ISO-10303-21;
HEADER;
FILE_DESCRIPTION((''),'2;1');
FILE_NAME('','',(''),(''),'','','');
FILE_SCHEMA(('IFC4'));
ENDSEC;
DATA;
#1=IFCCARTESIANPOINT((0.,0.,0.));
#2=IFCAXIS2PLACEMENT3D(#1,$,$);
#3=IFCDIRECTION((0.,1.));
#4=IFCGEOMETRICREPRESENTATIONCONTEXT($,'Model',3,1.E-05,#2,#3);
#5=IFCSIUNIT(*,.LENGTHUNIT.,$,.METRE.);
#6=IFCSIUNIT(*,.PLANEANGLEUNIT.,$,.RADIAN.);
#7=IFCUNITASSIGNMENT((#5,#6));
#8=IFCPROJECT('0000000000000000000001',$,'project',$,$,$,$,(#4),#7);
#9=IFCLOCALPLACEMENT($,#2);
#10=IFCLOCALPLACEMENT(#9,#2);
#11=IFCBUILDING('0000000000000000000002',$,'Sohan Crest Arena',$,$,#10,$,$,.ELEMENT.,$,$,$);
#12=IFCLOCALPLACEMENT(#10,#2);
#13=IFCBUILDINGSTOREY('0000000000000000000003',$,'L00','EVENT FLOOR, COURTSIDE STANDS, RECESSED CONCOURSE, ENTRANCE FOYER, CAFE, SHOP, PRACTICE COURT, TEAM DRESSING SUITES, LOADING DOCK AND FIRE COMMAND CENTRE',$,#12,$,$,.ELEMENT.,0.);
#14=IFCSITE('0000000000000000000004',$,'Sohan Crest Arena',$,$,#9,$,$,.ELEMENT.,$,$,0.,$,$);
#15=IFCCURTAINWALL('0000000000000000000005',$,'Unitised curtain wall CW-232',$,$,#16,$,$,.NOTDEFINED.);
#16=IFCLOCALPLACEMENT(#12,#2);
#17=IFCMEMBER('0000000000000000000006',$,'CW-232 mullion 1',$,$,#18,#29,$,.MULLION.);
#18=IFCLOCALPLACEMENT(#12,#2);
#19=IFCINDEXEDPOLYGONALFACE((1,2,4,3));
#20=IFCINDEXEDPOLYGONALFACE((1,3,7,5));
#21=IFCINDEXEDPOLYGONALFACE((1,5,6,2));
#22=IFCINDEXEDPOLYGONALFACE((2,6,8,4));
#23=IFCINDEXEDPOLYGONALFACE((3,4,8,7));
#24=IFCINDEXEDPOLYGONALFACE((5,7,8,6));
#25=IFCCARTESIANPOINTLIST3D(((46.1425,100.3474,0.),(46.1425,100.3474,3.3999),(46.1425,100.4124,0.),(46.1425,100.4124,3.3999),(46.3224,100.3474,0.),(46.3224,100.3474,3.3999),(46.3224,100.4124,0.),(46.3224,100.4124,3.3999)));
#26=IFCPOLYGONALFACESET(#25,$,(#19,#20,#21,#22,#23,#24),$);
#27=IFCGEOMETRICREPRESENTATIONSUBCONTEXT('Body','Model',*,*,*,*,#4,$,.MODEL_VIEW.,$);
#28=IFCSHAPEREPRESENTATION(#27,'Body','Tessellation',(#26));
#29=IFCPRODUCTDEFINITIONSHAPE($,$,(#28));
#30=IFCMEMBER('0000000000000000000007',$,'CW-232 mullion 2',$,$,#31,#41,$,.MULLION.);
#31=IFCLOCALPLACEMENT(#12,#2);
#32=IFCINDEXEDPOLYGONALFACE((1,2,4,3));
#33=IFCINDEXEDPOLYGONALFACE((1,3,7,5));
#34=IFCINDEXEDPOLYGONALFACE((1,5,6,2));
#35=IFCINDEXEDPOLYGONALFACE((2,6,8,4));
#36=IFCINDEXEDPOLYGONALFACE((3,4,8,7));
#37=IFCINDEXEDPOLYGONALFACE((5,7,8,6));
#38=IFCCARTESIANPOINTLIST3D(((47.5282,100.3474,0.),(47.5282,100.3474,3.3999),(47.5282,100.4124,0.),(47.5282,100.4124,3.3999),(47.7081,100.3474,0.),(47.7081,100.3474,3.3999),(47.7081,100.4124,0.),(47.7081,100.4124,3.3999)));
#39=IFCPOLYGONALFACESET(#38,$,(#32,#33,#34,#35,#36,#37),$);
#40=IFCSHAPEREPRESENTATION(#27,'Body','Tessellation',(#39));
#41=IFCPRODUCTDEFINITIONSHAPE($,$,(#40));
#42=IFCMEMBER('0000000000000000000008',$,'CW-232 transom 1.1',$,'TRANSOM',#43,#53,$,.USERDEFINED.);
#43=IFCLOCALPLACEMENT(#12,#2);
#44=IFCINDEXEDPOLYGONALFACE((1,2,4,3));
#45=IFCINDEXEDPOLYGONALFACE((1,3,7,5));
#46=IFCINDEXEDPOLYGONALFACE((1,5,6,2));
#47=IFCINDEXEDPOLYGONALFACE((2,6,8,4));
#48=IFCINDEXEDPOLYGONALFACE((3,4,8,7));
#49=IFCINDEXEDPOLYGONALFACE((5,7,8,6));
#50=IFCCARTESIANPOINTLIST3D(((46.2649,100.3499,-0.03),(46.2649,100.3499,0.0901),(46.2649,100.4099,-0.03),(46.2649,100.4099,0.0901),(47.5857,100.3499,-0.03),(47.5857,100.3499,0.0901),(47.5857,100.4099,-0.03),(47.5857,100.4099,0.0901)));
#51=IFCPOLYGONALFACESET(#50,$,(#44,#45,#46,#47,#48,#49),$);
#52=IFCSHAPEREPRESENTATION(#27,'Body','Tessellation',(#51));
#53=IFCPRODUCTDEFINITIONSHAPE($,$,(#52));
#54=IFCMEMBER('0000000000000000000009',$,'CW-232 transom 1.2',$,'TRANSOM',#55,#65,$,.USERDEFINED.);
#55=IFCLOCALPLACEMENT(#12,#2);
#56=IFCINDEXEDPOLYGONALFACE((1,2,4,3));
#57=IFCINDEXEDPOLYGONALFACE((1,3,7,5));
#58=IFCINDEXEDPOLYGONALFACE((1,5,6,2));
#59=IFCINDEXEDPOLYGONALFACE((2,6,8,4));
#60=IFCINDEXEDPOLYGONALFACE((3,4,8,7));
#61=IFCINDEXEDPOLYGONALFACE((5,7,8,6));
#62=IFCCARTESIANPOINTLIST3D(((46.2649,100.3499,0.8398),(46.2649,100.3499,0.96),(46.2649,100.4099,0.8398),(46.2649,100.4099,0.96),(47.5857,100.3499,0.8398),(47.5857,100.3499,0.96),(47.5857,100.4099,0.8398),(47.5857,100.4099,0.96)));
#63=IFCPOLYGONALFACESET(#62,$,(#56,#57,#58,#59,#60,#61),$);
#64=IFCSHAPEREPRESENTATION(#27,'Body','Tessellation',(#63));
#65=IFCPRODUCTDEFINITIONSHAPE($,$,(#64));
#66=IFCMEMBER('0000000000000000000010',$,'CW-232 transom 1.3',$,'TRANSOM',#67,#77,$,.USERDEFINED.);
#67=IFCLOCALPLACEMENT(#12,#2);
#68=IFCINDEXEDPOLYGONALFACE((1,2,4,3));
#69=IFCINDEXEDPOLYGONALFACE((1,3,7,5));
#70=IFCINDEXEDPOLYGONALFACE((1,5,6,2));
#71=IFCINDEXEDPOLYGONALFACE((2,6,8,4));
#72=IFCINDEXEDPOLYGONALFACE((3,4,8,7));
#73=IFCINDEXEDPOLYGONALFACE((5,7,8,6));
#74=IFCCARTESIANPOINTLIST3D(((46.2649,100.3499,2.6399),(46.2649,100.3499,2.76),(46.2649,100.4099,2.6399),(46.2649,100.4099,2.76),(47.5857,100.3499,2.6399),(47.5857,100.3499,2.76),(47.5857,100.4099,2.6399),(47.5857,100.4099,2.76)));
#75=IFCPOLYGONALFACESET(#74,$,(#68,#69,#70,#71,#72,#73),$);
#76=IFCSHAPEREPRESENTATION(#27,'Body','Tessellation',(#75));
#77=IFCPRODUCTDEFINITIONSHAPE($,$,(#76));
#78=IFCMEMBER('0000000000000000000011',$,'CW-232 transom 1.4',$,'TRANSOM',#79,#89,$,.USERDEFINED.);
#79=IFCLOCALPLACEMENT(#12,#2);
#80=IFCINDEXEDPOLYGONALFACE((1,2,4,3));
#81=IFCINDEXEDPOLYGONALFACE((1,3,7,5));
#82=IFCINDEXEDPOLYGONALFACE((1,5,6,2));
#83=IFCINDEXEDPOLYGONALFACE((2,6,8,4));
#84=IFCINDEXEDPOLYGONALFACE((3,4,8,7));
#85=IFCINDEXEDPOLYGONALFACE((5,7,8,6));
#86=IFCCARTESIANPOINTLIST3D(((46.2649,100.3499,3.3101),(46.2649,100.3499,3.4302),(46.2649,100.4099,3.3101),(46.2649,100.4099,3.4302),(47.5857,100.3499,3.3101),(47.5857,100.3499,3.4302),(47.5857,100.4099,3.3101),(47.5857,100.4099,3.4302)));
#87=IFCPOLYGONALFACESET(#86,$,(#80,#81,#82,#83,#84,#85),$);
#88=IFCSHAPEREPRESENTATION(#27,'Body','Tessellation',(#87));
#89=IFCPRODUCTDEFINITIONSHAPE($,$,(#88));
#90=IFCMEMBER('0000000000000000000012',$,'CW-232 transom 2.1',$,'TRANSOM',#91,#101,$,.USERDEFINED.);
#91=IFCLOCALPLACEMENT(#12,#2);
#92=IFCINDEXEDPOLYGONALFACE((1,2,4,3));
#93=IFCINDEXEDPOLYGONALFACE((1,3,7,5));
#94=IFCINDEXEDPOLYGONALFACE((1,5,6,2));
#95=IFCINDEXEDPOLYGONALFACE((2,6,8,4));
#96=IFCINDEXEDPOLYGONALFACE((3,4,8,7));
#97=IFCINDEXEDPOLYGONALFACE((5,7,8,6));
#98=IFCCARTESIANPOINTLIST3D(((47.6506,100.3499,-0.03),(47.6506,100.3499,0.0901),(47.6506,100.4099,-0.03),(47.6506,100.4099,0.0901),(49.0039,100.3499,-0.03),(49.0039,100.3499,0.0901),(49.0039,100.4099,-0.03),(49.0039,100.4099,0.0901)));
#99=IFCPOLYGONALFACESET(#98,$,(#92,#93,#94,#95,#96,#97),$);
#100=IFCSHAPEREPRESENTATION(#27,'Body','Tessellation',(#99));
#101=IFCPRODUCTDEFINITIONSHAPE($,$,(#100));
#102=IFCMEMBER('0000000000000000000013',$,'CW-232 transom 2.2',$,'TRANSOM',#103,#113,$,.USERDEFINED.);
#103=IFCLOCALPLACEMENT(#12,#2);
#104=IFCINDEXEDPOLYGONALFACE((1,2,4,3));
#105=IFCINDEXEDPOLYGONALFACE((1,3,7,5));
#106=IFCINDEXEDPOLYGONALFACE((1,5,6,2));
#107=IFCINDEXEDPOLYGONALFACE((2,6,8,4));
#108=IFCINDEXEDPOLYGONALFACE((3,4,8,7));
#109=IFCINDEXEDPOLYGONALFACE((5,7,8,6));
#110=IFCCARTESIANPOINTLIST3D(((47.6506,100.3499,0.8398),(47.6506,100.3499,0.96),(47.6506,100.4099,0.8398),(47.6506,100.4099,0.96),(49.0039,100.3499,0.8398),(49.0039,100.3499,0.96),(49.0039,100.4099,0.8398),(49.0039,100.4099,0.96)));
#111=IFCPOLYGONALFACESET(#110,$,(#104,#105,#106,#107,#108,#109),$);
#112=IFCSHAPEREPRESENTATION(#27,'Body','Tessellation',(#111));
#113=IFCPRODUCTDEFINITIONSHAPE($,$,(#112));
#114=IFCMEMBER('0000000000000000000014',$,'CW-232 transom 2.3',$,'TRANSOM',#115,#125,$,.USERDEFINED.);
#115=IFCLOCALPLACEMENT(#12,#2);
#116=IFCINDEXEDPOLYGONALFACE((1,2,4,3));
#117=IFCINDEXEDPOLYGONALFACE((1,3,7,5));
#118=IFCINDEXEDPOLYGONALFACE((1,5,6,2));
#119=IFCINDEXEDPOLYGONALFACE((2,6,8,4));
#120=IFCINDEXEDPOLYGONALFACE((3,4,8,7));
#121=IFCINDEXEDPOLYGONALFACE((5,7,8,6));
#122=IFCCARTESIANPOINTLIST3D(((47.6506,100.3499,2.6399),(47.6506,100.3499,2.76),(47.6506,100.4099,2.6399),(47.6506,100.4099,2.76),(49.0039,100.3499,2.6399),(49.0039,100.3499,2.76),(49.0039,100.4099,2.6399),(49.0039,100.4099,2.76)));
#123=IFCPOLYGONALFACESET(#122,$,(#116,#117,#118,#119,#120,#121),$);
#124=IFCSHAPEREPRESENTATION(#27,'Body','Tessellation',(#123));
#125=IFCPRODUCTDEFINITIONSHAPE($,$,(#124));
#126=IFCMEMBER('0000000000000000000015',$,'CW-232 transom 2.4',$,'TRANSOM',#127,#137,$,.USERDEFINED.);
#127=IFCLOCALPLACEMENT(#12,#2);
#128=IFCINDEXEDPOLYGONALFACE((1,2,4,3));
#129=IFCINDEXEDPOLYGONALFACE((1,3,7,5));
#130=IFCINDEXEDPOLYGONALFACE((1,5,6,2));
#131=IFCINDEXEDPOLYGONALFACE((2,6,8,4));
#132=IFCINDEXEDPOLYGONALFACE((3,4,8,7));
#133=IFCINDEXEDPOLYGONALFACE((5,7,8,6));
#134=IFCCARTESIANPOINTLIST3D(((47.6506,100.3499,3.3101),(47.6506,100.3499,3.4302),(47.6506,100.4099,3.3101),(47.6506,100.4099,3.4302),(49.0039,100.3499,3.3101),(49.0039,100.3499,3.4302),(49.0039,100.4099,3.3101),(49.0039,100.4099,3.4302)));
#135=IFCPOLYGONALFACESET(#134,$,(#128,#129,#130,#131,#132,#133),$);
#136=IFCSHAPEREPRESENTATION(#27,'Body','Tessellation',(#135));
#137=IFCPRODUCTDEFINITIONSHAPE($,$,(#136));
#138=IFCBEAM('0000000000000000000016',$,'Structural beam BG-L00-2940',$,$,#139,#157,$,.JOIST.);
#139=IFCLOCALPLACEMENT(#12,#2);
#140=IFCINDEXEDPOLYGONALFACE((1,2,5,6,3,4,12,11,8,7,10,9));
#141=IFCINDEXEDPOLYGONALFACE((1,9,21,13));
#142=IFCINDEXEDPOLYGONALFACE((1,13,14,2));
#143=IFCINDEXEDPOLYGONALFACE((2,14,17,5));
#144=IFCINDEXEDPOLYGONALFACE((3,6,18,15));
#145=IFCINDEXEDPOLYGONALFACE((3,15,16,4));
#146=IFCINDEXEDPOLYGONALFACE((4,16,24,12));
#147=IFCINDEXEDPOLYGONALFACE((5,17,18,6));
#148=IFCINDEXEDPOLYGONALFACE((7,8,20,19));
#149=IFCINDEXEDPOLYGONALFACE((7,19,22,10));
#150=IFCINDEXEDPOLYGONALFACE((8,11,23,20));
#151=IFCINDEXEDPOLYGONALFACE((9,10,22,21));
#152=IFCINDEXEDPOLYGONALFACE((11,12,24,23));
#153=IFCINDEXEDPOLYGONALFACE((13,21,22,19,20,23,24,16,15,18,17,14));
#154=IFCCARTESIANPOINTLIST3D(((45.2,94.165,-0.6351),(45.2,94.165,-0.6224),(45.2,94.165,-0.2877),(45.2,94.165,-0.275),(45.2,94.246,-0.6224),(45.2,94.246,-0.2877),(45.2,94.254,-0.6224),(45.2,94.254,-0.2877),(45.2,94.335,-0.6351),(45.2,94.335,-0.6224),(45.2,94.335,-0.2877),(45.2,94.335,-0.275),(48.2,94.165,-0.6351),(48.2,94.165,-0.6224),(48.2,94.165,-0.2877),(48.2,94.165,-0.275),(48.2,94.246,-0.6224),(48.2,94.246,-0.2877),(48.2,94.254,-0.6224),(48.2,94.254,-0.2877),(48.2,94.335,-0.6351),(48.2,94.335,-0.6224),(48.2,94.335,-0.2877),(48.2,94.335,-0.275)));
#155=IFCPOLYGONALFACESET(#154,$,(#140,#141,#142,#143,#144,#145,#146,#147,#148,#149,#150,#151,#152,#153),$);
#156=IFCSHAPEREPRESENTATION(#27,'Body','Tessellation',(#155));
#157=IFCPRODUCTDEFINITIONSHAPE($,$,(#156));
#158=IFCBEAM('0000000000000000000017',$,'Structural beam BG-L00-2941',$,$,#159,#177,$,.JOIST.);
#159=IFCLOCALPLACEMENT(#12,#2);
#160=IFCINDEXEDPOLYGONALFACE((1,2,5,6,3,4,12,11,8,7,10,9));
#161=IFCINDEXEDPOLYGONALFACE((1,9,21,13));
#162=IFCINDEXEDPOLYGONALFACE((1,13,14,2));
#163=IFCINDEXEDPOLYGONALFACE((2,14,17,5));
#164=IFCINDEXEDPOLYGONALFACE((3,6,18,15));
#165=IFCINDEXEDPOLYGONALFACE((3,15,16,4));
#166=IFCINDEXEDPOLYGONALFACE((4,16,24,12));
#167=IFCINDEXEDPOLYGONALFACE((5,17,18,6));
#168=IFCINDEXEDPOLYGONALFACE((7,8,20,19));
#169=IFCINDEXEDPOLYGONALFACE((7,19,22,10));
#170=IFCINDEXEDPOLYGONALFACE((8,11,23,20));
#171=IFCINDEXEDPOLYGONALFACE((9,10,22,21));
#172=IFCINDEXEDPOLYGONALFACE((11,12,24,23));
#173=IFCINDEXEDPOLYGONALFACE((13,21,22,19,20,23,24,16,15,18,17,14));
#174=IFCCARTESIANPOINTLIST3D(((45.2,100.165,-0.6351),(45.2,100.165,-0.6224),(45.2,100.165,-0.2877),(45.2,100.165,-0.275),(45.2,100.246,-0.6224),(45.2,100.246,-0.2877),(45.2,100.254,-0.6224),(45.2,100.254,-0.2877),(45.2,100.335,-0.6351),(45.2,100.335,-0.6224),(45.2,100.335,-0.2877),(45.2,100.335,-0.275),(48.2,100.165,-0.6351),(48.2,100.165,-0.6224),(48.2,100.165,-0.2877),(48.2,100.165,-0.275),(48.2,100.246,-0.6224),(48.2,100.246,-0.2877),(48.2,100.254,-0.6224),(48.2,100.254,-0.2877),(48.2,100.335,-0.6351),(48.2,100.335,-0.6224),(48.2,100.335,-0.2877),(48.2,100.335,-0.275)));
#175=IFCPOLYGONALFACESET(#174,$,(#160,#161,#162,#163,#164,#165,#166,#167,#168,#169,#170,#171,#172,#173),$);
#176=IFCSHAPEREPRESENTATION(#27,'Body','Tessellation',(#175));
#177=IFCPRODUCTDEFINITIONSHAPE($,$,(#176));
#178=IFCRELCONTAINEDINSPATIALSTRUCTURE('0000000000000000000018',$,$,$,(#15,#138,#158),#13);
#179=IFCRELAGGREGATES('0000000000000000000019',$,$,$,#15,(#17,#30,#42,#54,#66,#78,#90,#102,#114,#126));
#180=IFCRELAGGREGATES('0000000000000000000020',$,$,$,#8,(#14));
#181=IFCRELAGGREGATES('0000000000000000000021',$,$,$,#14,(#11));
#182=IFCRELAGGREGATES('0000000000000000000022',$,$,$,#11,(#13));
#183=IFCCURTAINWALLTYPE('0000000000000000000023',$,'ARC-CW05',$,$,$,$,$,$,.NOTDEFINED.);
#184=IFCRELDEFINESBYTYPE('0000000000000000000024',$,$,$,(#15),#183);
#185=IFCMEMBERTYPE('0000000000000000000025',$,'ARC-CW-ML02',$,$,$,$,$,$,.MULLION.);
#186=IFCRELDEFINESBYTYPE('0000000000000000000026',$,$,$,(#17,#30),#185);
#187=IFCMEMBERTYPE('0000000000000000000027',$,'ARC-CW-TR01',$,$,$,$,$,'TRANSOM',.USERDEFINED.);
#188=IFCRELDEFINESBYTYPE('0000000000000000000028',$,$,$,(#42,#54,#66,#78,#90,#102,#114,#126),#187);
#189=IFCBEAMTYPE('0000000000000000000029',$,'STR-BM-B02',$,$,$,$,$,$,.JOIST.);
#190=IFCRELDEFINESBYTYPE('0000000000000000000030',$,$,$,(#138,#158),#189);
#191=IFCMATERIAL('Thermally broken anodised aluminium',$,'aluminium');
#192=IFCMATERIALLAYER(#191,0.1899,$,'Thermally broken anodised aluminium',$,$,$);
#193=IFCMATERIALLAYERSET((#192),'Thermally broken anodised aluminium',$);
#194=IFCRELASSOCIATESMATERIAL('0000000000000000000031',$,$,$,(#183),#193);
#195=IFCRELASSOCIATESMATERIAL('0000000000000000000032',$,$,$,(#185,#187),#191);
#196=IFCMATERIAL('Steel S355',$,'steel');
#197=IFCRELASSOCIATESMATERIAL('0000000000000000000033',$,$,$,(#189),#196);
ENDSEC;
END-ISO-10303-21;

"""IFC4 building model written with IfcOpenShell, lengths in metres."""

from ifc_helpers import new_model, si_unit, direction, frame, origin, origin_2d, place, context, subcontext, project, spatial, rectangle, i_section, extrude, material, layer, layer_set, material_profile, profile_set, type_object, element, aggregate, save


model = new_model("IFC4")

# Units and contexts
model_context = context("Model", 3, precision=1e-05, world=origin(), true_north=direction((0.0, 1.0)))
body_context = subcontext(model_context, "Body", "Model", "MODEL_VIEW")
ifc_project = project(units=[si_unit("LENGTHUNIT", "METRE"), si_unit("PLANEANGLEUNIT", "RADIAN")], contexts=[model_context])

# Site, building, storey
site_placement = place(None, origin())
site = spatial("IfcSite", under=ifc_project, at=site_placement, Name="Sohan Crest Arena", CompositionType="ELEMENT", RefElevation=0.0)
building_placement = place(site_placement, origin())
building = spatial("IfcBuilding", under=site, at=building_placement, Name="Sohan Crest Arena", CompositionType="ELEMENT")
storey_placement = place(building_placement, origin())
storey = spatial("IfcBuildingStorey", under=building, at=storey_placement, Name="L00", Description="EVENT FLOOR, COURTSIDE STANDS, RECESSED CONCOURSE, ENTRANCE FOYER, CAFE, SHOP, PRACTICE COURT, TEAM DRESSING SUITES, LOADING DOCK AND FIRE COMMAND CENTRE", CompositionType="ELEMENT", Elevation=0.0)

# Shared definitions
ifc_material_1 = material(Name="Steel S355", Category="steel")

# Curtain wall, members
ifc_material_2 = material(Name="Thermally broken anodised aluminium", Category="aluminium")
ifc_layer_1 = layer(ifc_material_2, 0.1899, Name="Thermally broken anodised aluminium")
ifc_layer_set_1 = layer_set([ifc_layer_1], Name="Thermally broken anodised aluminium")
curtain_wall_type = type_object("IfcCurtainWallType", Name="ARC-CW05", PredefinedType="NOTDEFINED", material=ifc_layer_set_1)
curtain_wall_placement = place(storey_placement, origin())
curtain_wall = element("IfcCurtainWall", 1, at=curtain_wall_placement, inside=storey, type_object=curtain_wall_type, Name="Unitised curtain wall CW-232", PredefinedType="NOTDEFINED")
ifc_material_profile_1 = material_profile(ifc_material_2, rectangle(XDim=0.0649, YDim=0.1799, at=origin_2d()), Name="ALU-MULL 65x180")
ifc_profile_set_1 = profile_set([ifc_material_profile_1], Name="Thermally broken anodised aluminium")
member_type_1 = type_object("IfcMemberType", Name="ARC-CW-ML02", PredefinedType="MULLION", material=ifc_profile_set_1)
member_1_placement = place(storey_placement, frame((46.2324, 100.3799, 0.0), z_axis=(0.0, 0.0, 1.0), x_axis=(0.0, 1.0, 0.0)))
member_1 = element("IfcMember", 2, at=member_1_placement, type_object=member_type_1, Name="CW-232 mullion 1", PredefinedType="MULLION", context=body_context, shape_type="SweptSolid", body=[
    extrude(rectangle(XDim=0.0649, YDim=0.1799, at=origin_2d()), origin(), (0.0, 0.0, 1.0), 3.3999),
])
member_2_placement = place(storey_placement, frame((47.6182, 100.3799, 0.0), z_axis=(0.0, 0.0, 1.0), x_axis=(0.0, 1.0, 0.0)))
member_2 = element("IfcMember", 3, at=member_2_placement, type_object=member_type_1, Name="CW-232 mullion 2", PredefinedType="MULLION", context=body_context, shape_type="SweptSolid", body=[
    extrude(rectangle(XDim=0.0649, YDim=0.1799, at=origin_2d()), origin(), (0.0, 0.0, 1.0), 3.3999),
])
ifc_material_profile_2 = material_profile(ifc_material_2, rectangle(XDim=0.0601, YDim=0.1201, at=origin_2d()), Name="ALU-TRAN 60x120")
ifc_profile_set_2 = profile_set([ifc_material_profile_2], Name="Thermally broken anodised aluminium")
member_type_2 = type_object("IfcMemberType", Name="ARC-CW-TR01", ElementType="TRANSOM", PredefinedType="USERDEFINED", material=ifc_profile_set_2)
member_3_placement = place(storey_placement, frame((46.2649, 100.3799, 0.03), z_axis=(1.0, 0.0, 0.0), x_axis=(0.0, 1.0, 0.0)))
member_3 = element("IfcMember", 4, at=member_3_placement, type_object=member_type_2, Name="CW-232 transom 1.1", ObjectType="TRANSOM", PredefinedType="USERDEFINED", context=body_context, shape_type="SweptSolid", body=[
    extrude(rectangle(XDim=0.0601, YDim=0.1201, at=origin_2d()), origin(), (0.0, 0.0, 1.0), 1.3208),
])
member_4_placement = place(storey_placement, frame((46.2649, 100.3799, 0.8999), z_axis=(1.0, 0.0, 0.0), x_axis=(0.0, 1.0, 0.0)))
member_4 = element("IfcMember", 5, at=member_4_placement, type_object=member_type_2, Name="CW-232 transom 1.2", ObjectType="TRANSOM", PredefinedType="USERDEFINED", context=body_context, shape_type="SweptSolid", body=[
    extrude(rectangle(XDim=0.0601, YDim=0.1201, at=origin_2d()), origin(), (0.0, 0.0, 1.0), 1.3208),
])
member_5_placement = place(storey_placement, frame((46.2649, 100.3799, 2.7), z_axis=(1.0, 0.0, 0.0), x_axis=(0.0, 1.0, 0.0)))
member_5 = element("IfcMember", 6, at=member_5_placement, type_object=member_type_2, Name="CW-232 transom 1.3", ObjectType="TRANSOM", PredefinedType="USERDEFINED", context=body_context, shape_type="SweptSolid", body=[
    extrude(rectangle(XDim=0.0601, YDim=0.1201, at=origin_2d()), origin(), (0.0, 0.0, 1.0), 1.3208),
])
member_6_placement = place(storey_placement, frame((46.2649, 100.3799, 3.3701), z_axis=(1.0, 0.0, 0.0), x_axis=(0.0, 1.0, 0.0)))
member_6 = element("IfcMember", 7, at=member_6_placement, type_object=member_type_2, Name="CW-232 transom 1.4", ObjectType="TRANSOM", PredefinedType="USERDEFINED", context=body_context, shape_type="SweptSolid", body=[
    extrude(rectangle(XDim=0.0601, YDim=0.1201, at=origin_2d()), origin(), (0.0, 0.0, 1.0), 1.3208),
])
member_7_placement = place(storey_placement, frame((47.6506, 100.3799, 0.03), z_axis=(1.0, 0.0, 0.0), x_axis=(0.0, 1.0, 0.0)))
member_7 = element("IfcMember", 8, at=member_7_placement, type_object=member_type_2, Name="CW-232 transom 2.1", ObjectType="TRANSOM", PredefinedType="USERDEFINED", context=body_context, shape_type="SweptSolid", body=[
    extrude(rectangle(XDim=0.0601, YDim=0.1201, at=origin_2d()), origin(), (0.0, 0.0, 1.0), 1.3533),
])
member_8_placement = place(storey_placement, frame((47.6506, 100.3799, 0.8999), z_axis=(1.0, 0.0, 0.0), x_axis=(0.0, 1.0, 0.0)))
member_8 = element("IfcMember", 9, at=member_8_placement, type_object=member_type_2, Name="CW-232 transom 2.2", ObjectType="TRANSOM", PredefinedType="USERDEFINED", context=body_context, shape_type="SweptSolid", body=[
    extrude(rectangle(XDim=0.0601, YDim=0.1201, at=origin_2d()), origin(), (0.0, 0.0, 1.0), 1.3533),
])
member_9_placement = place(storey_placement, frame((47.6506, 100.3799, 2.7), z_axis=(1.0, 0.0, 0.0), x_axis=(0.0, 1.0, 0.0)))
member_9 = element("IfcMember", 10, at=member_9_placement, type_object=member_type_2, Name="CW-232 transom 2.3", ObjectType="TRANSOM", PredefinedType="USERDEFINED", context=body_context, shape_type="SweptSolid", body=[
    extrude(rectangle(XDim=0.0601, YDim=0.1201, at=origin_2d()), origin(), (0.0, 0.0, 1.0), 1.3533),
])
member_10_placement = place(storey_placement, frame((47.6506, 100.3799, 3.3701), z_axis=(1.0, 0.0, 0.0), x_axis=(0.0, 1.0, 0.0)))
member_10 = element("IfcMember", 11, at=member_10_placement, type_object=member_type_2, Name="CW-232 transom 2.4", ObjectType="TRANSOM", PredefinedType="USERDEFINED", context=body_context, shape_type="SweptSolid", body=[
    extrude(rectangle(XDim=0.0601, YDim=0.1201, at=origin_2d()), origin(), (0.0, 0.0, 1.0), 1.3533),
])

# Beams
ifc_material_profile_3 = material_profile(ifc_material_1, i_section(OverallWidth=0.1699, OverallDepth=0.3601, WebThickness=0.0081, FlangeThickness=0.0127, at=origin_2d()), Name="IPE 360")
ifc_profile_set_3 = profile_set([ifc_material_profile_3], Name="Steel S355")
beam_type = type_object("IfcBeamType", Name="STR-BM-B02", PredefinedType="JOIST", material=ifc_profile_set_3)
for number, where, z_axis, x_axis, name in (
    (12, (45.2, 94.25, -0.4551), (1.0, 0.0, 0.0), (0.0, 1.0, 0.0), "Structural beam BG-L00-2940"),
    (13, (45.2, 100.25, -0.4551), (1.0, 0.0, 0.0), (0.0, 1.0, 0.0), "Structural beam BG-L00-2941"),
):
    element("IfcBeam", number, at=place(storey_placement, frame(where, z_axis=z_axis, x_axis=x_axis)), inside=storey, type_object=beam_type, Name=name, PredefinedType="JOIST", context=body_context, shape_type="SweptSolid", body=[
        extrude(i_section(OverallWidth=0.1699, OverallDepth=0.3601, WebThickness=0.0081, FlangeThickness=0.0127, at=origin_2d()), origin(), (0.0, 0.0, 1.0), 3.0),
    ])

aggregate(curtain_wall, [member_1, member_2, member_3, member_4, member_5, member_6, member_7, member_8, member_9, member_10])

save(model, "model.ifc")
